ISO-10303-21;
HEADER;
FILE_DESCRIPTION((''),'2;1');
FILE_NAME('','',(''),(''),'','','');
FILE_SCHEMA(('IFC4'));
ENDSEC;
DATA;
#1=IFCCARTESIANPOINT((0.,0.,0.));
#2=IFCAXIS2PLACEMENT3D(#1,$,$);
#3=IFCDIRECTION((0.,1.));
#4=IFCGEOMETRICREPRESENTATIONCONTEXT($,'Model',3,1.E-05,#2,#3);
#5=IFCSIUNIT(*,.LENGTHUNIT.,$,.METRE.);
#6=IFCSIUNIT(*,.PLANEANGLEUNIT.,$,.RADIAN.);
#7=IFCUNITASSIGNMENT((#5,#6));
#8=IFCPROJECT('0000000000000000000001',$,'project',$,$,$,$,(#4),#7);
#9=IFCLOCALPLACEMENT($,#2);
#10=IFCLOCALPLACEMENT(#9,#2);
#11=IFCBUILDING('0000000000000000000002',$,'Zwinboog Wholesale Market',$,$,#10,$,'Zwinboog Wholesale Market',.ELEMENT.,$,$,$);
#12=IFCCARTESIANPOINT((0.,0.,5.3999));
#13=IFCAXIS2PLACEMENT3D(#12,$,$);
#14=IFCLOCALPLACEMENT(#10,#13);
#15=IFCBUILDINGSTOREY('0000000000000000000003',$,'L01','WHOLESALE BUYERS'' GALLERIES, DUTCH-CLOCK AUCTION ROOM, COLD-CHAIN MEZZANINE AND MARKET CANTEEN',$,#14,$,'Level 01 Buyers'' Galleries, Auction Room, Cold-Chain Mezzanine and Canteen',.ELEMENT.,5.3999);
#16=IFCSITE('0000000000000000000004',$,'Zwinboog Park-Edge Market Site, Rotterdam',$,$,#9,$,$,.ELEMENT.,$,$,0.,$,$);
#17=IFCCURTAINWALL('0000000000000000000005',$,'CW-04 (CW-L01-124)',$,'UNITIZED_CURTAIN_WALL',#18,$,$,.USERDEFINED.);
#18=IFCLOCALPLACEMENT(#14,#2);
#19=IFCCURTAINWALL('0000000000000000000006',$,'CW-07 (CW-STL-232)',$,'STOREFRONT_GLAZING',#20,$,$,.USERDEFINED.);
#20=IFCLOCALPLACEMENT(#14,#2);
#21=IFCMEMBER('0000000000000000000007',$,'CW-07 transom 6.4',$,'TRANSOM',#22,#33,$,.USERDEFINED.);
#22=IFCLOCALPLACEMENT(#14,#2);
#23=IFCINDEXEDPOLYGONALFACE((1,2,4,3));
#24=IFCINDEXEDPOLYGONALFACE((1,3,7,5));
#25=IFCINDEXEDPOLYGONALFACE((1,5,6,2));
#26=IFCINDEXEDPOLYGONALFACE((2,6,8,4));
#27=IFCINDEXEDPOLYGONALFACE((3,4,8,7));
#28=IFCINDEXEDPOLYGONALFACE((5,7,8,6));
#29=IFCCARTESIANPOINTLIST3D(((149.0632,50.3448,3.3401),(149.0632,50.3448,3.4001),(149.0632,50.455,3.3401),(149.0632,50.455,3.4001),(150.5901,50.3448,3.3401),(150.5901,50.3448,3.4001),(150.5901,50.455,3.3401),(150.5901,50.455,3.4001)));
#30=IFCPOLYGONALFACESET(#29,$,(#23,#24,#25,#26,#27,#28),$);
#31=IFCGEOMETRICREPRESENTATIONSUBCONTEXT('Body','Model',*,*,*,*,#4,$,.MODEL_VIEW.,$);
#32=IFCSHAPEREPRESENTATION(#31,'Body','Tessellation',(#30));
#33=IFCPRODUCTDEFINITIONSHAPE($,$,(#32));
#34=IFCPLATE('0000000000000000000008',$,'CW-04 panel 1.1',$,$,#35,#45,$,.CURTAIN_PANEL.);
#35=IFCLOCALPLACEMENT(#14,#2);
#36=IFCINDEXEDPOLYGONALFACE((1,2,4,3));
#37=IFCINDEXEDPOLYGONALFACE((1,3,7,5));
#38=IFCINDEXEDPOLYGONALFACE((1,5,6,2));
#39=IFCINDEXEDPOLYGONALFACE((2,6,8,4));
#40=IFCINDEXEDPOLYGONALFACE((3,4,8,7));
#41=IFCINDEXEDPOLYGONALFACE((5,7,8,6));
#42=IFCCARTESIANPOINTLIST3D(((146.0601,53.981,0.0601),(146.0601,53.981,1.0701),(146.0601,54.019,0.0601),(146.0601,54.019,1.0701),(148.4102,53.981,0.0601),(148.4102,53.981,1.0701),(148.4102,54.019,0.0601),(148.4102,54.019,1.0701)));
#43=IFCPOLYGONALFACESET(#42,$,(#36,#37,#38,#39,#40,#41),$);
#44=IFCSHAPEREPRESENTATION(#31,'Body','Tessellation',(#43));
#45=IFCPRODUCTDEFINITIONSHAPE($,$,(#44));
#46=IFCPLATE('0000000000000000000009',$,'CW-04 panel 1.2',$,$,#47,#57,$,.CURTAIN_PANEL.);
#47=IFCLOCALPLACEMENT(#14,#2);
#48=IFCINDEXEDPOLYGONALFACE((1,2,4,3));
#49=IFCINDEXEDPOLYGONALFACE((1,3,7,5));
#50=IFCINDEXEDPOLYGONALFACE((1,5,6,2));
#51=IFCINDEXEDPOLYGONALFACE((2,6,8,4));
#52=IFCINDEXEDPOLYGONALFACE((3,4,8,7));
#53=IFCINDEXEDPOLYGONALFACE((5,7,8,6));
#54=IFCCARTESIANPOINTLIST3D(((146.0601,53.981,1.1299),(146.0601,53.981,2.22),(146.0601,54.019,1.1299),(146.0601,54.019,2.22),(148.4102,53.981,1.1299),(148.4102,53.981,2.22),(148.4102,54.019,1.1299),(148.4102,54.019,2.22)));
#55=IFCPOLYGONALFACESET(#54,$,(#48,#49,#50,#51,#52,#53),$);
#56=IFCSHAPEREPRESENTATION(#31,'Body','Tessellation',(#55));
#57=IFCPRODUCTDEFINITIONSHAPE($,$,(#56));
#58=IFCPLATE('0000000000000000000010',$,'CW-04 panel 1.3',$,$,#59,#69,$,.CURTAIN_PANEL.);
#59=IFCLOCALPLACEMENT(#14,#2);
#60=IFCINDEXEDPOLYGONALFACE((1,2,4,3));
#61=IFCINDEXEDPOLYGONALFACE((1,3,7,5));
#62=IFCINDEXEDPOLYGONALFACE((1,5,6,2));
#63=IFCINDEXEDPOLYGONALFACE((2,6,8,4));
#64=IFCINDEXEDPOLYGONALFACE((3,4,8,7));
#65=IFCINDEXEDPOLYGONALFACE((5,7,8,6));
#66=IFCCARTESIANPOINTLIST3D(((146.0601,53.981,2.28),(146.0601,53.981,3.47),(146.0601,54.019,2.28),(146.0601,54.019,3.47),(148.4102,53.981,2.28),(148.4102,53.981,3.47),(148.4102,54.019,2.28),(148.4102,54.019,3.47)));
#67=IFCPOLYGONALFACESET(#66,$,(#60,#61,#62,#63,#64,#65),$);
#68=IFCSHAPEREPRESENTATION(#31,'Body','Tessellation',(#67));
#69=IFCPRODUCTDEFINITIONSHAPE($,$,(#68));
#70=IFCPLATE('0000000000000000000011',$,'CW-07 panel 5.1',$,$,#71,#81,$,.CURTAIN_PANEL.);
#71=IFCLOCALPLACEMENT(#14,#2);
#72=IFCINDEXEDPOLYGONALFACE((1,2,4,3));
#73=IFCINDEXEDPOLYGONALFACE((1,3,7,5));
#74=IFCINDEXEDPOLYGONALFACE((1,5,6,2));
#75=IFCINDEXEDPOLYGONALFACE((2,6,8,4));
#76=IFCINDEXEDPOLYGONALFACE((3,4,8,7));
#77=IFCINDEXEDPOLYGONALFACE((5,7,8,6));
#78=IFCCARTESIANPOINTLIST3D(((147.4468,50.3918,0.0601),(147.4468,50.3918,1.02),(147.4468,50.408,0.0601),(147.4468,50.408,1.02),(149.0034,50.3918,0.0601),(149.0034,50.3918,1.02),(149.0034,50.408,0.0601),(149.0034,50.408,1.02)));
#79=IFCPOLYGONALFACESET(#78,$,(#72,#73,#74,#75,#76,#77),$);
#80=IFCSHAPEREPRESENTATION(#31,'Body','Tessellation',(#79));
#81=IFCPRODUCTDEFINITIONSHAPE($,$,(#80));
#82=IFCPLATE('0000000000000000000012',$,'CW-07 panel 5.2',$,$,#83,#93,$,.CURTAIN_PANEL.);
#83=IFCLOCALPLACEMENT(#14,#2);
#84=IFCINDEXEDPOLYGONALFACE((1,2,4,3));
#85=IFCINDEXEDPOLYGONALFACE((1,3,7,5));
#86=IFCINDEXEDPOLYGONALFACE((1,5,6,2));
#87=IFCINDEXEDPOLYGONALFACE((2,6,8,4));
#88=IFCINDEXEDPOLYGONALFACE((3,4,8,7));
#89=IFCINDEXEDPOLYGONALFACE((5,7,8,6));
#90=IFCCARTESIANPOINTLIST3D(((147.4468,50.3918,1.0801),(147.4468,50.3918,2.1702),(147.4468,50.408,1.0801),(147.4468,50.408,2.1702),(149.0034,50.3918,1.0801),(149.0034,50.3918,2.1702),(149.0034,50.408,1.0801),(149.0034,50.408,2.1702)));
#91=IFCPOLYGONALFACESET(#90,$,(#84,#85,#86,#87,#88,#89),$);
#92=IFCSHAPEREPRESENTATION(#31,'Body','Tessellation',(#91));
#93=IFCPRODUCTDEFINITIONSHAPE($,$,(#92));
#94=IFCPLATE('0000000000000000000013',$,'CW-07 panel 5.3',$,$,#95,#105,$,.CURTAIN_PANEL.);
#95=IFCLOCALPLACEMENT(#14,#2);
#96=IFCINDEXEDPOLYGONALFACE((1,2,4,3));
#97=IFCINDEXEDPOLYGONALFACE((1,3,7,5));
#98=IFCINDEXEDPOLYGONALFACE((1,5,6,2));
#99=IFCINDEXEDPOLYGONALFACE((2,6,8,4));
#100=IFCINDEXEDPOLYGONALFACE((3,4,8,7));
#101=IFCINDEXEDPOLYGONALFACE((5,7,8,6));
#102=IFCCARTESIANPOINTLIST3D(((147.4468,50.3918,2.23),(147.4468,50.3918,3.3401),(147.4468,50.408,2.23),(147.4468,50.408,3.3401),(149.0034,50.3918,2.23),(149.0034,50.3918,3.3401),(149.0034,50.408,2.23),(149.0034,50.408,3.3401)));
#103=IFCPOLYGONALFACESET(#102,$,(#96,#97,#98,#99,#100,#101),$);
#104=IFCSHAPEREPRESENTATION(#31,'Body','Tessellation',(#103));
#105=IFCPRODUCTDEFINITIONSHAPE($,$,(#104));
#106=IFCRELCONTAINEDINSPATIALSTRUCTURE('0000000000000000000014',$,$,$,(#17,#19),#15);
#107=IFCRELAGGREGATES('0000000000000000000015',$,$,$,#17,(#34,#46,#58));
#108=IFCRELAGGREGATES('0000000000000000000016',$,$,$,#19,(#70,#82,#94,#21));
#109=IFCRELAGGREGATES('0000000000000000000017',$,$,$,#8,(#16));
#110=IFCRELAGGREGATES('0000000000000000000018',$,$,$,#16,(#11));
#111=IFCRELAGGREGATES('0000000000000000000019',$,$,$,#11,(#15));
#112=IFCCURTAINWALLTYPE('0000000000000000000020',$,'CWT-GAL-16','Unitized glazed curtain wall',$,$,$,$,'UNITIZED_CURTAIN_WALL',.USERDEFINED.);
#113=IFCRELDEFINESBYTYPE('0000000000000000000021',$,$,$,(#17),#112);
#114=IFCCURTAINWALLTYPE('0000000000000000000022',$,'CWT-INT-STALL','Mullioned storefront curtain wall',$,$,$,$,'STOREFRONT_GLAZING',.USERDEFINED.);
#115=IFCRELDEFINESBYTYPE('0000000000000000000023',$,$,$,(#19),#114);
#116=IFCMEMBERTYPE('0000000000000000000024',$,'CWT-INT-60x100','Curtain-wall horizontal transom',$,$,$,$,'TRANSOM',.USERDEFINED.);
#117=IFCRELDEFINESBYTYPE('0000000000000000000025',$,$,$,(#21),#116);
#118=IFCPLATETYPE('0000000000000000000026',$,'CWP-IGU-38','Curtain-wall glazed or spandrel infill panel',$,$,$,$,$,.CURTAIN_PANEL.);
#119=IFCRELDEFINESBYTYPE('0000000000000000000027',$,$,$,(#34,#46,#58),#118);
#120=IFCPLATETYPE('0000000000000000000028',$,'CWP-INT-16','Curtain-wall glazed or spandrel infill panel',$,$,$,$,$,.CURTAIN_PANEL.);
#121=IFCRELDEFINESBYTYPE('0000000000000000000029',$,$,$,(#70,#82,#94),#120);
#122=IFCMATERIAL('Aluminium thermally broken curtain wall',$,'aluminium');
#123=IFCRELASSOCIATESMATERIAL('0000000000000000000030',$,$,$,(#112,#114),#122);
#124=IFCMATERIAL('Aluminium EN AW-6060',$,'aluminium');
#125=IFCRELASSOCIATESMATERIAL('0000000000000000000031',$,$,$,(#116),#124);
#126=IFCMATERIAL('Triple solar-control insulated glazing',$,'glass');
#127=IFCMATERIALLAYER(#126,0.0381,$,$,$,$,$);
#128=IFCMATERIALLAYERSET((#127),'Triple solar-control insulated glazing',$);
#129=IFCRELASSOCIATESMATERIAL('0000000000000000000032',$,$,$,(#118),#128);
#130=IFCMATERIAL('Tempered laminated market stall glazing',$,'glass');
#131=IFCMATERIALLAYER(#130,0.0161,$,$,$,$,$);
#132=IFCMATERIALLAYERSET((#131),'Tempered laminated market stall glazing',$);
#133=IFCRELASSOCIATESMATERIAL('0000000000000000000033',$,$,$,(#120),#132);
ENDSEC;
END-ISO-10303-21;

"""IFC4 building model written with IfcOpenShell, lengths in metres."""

from ifc_helpers import new_model, si_unit, direction, frame, origin, origin_2d, place, context, subcontext, project, spatial, rectangle, extrude, material, layer, layer_set, material_profile, profile_set, type_object, element, aggregate, save


model = new_model("IFC4")

# Units and contexts
model_context = context("Model", 3, precision=1e-05, world=origin(), true_north=direction((0.0, 1.0)))
body_context = subcontext(model_context, "Body", "Model", "MODEL_VIEW")
ifc_project = project(units=[si_unit("LENGTHUNIT", "METRE"), si_unit("PLANEANGLEUNIT", "RADIAN")], contexts=[model_context])

# Site, building, storey
site_placement = place(None, origin())
site = spatial("IfcSite", under=ifc_project, at=site_placement, Name="Zwinboog Park-Edge Market Site, Rotterdam", CompositionType="ELEMENT", RefElevation=0.0)
building_placement = place(site_placement, origin())
building = spatial("IfcBuilding", under=site, at=building_placement, Name="Zwinboog Wholesale Market", LongName="Zwinboog Wholesale Market", CompositionType="ELEMENT")
storey_placement = place(building_placement, frame((0.0, 0.0, 5.3999)))
storey = spatial("IfcBuildingStorey", under=building, at=storey_placement, Name="L01", Description="WHOLESALE BUYERS' GALLERIES, DUTCH-CLOCK AUCTION ROOM, COLD-CHAIN MEZZANINE AND MARKET CANTEEN", LongName="Level 01 Buyers' Galleries, Auction Room, Cold-Chain Mezzanine and Canteen", CompositionType="ELEMENT", Elevation=5.3999)

# Curtain walls, member
ifc_material_1 = material(Name="Aluminium thermally broken curtain wall", Category="aluminium")
curtain_wall_type_1 = type_object("IfcCurtainWallType", Name="CWT-GAL-16", Description="Unitized glazed curtain wall", ElementType="UNITIZED_CURTAIN_WALL", PredefinedType="USERDEFINED", material=ifc_material_1)
curtain_wall_1_placement = place(storey_placement, origin())
curtain_wall_1 = element("IfcCurtainWall", 1, at=curtain_wall_1_placement, inside=storey, type_object=curtain_wall_type_1, Name="CW-04 (CW-L01-124)", ObjectType="UNITIZED_CURTAIN_WALL", PredefinedType="USERDEFINED")
ifc_material_2 = material(Name="Aluminium EN AW-6060", Category="aluminium")
curtain_wall_type_2 = type_object("IfcCurtainWallType", Name="CWT-INT-STALL", Description="Mullioned storefront curtain wall", ElementType="STOREFRONT_GLAZING", PredefinedType="USERDEFINED", material=ifc_material_1)
curtain_wall_2_placement = place(storey_placement, origin())
curtain_wall_2 = element("IfcCurtainWall", 2, at=curtain_wall_2_placement, inside=storey, type_object=curtain_wall_type_2, Name="CW-07 (CW-STL-232)", ObjectType="STOREFRONT_GLAZING", PredefinedType="USERDEFINED")
ifc_material_profile_1 = material_profile(ifc_material_2, rectangle(XDim=0.1101, YDim=0.0601, at=origin_2d()), Name="AL 60x110")
ifc_profile_set_1 = profile_set([ifc_material_profile_1], Name="Aluminium EN AW-6060")
member_type_1 = type_object("IfcMemberType", Name="CWT-INT-60x100", Description="Curtain-wall horizontal transom", ElementType="TRANSOM", PredefinedType="USERDEFINED", material=ifc_profile_set_1)
member_1_placement = place(storey_placement, frame((149.0632, 50.3999, 3.3701), z_axis=(1.0, 0.0, 0.0), x_axis=(0.0, 1.0, 0.0)))
member_1 = element("IfcMember", 3, at=member_1_placement, type_object=member_type_1, Name="CW-07 transom 6.4", ObjectType="TRANSOM", PredefinedType="USERDEFINED", context=body_context, shape_type="SweptSolid", body=[
    extrude(rectangle(XDim=0.1101, YDim=0.0601, at=origin_2d()), origin(), (0.0, 0.0, 1.0), 1.5269),
])

# Plates
ifc_material_3 = material(Name="Triple solar-control insulated glazing", Category="glass")
ifc_layer_1 = layer(ifc_material_3, 0.0381)
ifc_layer_set_1 = layer_set([ifc_layer_1], Name="Triple solar-control insulated glazing")
plate_type_1 = type_object("IfcPlateType", Name="CWP-IGU-38", Description="Curtain-wall glazed or spandrel infill panel", PredefinedType="CURTAIN_PANEL", material=ifc_layer_set_1)
plate_1_placement = place(storey_placement, frame((147.2351, 54.0, 0.0601), z_axis=(0.0, 0.0, 1.0), x_axis=(1.0, 0.0, 0.0)))
plate_1 = element("IfcPlate", 4, at=plate_1_placement, type_object=plate_type_1, Name="CW-04 panel 1.1", PredefinedType="CURTAIN_PANEL", context=body_context, shape_type="SweptSolid", body=[
    extrude(rectangle(XDim=2.3501, YDim=0.0381, at=origin_2d()), origin(), (0.0, 0.0, 1.0), 1.01),
])
plate_2_placement = place(storey_placement, frame((147.2351, 54.0, 1.1299), z_axis=(0.0, 0.0, 1.0), x_axis=(1.0, 0.0, 0.0)))
plate_2 = element("IfcPlate", 5, at=plate_2_placement, type_object=plate_type_1, Name="CW-04 panel 1.2", PredefinedType="CURTAIN_PANEL", context=body_context, shape_type="SweptSolid", body=[
    extrude(rectangle(XDim=2.3501, YDim=0.0381, at=origin_2d()), origin(), (0.0, 0.0, 1.0), 1.0901),
])
plate_3_placement = place(storey_placement, frame((147.2351, 54.0, 2.28), z_axis=(0.0, 0.0, 1.0), x_axis=(1.0, 0.0, 0.0)))
plate_3 = element("IfcPlate", 6, at=plate_3_placement, type_object=plate_type_1, Name="CW-04 panel 1.3", PredefinedType="CURTAIN_PANEL", context=body_context, shape_type="SweptSolid", body=[
    extrude(rectangle(XDim=2.3501, YDim=0.0381, at=origin_2d()), origin(), (0.0, 0.0, 1.0), 1.1899),
])
aggregate(curtain_wall_1, [plate_1, plate_2, plate_3])
ifc_material_4 = material(Name="Tempered laminated market stall glazing", Category="glass")
ifc_layer_2 = layer(ifc_material_4, 0.0161)
ifc_layer_set_2 = layer_set([ifc_layer_2], Name="Tempered laminated market stall glazing")
plate_type_2 = type_object("IfcPlateType", Name="CWP-INT-16", Description="Curtain-wall glazed or spandrel infill panel", PredefinedType="CURTAIN_PANEL", material=ifc_layer_set_2)
plate_4_placement = place(storey_placement, frame((148.2251, 50.3999, 0.0601), z_axis=(0.0, 0.0, 1.0), x_axis=(1.0, 0.0, 0.0)))
plate_4 = element("IfcPlate", 7, at=plate_4_placement, type_object=plate_type_2, Name="CW-07 panel 5.1", PredefinedType="CURTAIN_PANEL", context=body_context, shape_type="SweptSolid", body=[
    extrude(rectangle(XDim=1.5566, YDim=0.0161, at=origin_2d()), origin(), (0.0, 0.0, 1.0), 0.96),
])
plate_5_placement = place(storey_placement, frame((148.2251, 50.3999, 1.0801), z_axis=(0.0, 0.0, 1.0), x_axis=(1.0, 0.0, 0.0)))
plate_5 = element("IfcPlate", 8, at=plate_5_placement, type_object=plate_type_2, Name="CW-07 panel 5.2", PredefinedType="CURTAIN_PANEL", context=body_context, shape_type="SweptSolid", body=[
    extrude(rectangle(XDim=1.5566, YDim=0.0161, at=origin_2d()), origin(), (0.0, 0.0, 1.0), 1.0901),
])
plate_6_placement = place(storey_placement, frame((148.2251, 50.3999, 2.23), z_axis=(0.0, 0.0, 1.0), x_axis=(1.0, 0.0, 0.0)))
plate_6 = element("IfcPlate", 9, at=plate_6_placement, type_object=plate_type_2, Name="CW-07 panel 5.3", PredefinedType="CURTAIN_PANEL", context=body_context, shape_type="SweptSolid", body=[
    extrude(rectangle(XDim=1.5566, YDim=0.0161, at=origin_2d()), origin(), (0.0, 0.0, 1.0), 1.1101),
])
aggregate(curtain_wall_2, [plate_4, plate_5, plate_6, member_1])

save(model, "model.ifc")
